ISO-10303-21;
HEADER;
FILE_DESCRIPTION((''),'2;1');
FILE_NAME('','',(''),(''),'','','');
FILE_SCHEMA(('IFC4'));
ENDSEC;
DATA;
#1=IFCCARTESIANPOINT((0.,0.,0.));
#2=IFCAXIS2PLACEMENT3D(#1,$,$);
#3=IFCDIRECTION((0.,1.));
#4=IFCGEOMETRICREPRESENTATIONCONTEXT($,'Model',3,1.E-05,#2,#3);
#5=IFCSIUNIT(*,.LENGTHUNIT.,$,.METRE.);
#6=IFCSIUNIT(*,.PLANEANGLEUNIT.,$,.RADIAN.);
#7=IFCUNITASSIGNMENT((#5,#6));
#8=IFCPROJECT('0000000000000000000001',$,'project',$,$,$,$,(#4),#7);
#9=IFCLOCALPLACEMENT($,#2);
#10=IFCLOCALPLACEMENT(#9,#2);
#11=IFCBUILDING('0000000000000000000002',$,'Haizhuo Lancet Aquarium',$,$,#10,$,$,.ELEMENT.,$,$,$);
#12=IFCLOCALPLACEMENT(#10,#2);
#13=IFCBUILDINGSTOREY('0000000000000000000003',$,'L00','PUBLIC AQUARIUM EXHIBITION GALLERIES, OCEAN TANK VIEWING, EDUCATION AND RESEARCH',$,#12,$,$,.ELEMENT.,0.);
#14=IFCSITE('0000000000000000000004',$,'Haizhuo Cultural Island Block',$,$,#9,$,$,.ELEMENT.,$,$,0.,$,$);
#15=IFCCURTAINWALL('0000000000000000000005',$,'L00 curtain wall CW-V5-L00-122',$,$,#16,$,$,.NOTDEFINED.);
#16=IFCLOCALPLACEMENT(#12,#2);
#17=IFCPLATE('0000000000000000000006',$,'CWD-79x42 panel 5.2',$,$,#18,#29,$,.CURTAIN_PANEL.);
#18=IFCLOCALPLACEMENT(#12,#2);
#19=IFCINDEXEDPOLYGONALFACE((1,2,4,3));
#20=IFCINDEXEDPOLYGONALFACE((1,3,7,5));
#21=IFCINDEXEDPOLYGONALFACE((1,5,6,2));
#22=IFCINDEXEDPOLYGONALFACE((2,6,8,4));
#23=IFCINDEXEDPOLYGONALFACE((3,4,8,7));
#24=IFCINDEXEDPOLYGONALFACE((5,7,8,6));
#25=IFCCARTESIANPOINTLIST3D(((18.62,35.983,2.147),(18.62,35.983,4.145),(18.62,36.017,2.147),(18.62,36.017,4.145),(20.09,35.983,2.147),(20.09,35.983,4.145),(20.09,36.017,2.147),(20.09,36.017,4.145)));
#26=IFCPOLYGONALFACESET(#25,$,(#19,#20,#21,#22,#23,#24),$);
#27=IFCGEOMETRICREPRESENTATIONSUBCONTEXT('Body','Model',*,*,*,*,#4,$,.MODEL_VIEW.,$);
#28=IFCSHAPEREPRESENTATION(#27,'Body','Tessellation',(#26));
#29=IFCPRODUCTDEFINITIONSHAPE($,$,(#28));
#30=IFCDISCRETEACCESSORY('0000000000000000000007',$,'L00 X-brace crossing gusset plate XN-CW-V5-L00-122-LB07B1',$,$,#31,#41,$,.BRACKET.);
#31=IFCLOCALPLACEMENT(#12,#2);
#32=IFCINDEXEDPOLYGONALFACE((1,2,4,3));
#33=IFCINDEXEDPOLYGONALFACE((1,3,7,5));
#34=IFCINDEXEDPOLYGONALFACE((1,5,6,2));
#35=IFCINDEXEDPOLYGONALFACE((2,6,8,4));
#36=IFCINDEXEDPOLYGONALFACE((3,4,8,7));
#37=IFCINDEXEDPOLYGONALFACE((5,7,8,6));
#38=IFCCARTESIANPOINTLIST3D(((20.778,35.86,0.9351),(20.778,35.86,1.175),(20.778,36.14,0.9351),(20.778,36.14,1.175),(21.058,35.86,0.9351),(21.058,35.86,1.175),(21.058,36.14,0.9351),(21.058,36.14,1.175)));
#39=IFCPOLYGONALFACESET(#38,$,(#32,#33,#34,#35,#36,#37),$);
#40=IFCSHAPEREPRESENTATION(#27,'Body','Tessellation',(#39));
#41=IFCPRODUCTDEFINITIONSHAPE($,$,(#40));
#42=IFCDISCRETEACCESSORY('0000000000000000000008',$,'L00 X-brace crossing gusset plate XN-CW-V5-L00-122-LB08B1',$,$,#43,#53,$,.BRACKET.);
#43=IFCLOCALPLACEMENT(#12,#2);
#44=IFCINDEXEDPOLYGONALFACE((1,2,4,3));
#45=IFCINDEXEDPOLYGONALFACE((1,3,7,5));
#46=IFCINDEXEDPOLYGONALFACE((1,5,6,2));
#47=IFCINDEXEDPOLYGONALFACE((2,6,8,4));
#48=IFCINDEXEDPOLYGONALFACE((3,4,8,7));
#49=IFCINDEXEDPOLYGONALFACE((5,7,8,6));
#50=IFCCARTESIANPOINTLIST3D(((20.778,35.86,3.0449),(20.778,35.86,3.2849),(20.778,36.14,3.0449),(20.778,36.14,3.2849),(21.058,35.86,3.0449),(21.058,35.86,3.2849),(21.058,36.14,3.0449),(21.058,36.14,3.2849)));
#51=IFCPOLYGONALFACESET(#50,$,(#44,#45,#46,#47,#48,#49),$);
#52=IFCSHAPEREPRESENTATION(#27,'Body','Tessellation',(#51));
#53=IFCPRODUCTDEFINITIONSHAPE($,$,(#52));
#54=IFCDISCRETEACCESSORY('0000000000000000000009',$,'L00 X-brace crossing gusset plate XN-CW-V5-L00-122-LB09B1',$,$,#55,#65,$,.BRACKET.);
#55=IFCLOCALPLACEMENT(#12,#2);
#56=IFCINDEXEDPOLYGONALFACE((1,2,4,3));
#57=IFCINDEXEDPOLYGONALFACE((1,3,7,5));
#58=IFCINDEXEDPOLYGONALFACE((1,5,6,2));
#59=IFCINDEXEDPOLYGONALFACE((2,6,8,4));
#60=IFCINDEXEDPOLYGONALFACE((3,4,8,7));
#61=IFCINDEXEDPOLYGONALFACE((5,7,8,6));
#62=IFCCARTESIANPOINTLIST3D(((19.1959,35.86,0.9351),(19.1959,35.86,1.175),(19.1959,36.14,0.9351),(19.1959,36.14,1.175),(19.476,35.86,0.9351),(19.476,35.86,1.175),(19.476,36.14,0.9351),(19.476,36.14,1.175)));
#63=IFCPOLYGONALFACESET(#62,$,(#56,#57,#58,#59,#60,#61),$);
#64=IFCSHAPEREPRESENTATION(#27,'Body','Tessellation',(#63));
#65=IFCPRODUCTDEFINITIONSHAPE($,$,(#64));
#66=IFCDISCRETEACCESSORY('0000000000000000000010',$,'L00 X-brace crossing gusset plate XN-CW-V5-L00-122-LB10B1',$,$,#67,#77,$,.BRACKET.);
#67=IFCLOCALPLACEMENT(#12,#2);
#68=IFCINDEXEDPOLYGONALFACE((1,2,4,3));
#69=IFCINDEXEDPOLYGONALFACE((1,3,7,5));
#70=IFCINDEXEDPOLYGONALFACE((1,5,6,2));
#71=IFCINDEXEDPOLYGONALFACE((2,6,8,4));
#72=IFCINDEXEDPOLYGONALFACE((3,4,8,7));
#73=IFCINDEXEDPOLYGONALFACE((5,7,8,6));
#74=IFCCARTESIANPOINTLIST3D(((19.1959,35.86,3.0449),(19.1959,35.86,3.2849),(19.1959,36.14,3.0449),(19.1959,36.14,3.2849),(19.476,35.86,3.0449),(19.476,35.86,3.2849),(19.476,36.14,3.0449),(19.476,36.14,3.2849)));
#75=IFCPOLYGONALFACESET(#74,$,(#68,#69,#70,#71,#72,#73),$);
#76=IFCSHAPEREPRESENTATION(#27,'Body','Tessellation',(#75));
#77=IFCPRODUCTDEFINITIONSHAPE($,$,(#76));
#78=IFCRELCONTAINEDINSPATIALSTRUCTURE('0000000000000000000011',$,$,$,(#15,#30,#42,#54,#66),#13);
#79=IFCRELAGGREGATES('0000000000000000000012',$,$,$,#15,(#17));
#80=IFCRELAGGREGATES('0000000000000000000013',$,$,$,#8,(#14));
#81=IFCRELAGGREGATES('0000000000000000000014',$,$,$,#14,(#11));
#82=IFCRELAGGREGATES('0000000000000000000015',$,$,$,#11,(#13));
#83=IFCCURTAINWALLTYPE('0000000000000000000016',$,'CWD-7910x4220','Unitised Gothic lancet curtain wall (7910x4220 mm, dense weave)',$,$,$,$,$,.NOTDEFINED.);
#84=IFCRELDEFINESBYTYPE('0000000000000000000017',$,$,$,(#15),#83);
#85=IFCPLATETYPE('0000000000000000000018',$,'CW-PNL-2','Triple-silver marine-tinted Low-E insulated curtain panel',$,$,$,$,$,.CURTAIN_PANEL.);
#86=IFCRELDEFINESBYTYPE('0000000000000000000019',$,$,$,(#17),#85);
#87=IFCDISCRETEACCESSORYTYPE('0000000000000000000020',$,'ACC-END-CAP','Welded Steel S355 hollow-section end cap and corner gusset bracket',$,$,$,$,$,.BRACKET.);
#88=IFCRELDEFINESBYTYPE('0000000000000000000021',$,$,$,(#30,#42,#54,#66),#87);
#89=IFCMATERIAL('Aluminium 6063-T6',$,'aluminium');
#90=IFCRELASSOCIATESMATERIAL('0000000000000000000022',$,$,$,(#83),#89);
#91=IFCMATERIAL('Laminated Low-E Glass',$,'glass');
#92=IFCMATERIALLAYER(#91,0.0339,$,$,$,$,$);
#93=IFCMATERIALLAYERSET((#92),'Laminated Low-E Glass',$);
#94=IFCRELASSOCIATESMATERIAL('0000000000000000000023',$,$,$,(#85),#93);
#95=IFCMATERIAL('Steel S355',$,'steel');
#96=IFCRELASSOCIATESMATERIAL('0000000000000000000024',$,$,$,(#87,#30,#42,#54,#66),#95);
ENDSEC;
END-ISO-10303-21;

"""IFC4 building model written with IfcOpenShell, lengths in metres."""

from ifc_helpers import new_model, si_unit, direction, frame, origin, origin_2d, place, context, subcontext, project, spatial, rectangle, extrude, material, layer, layer_set, type_object, element, aggregate, save


model = new_model("IFC4")

# Units and contexts
model_context = context("Model", 3, precision=1e-05, world=origin(), true_north=direction((0.0, 1.0)))
body_context = subcontext(model_context, "Body", "Model", "MODEL_VIEW")
ifc_project = project(units=[si_unit("LENGTHUNIT", "METRE"), si_unit("PLANEANGLEUNIT", "RADIAN")], contexts=[model_context])

# Site, building, storey
site_placement = place(None, origin())
site = spatial("IfcSite", under=ifc_project, at=site_placement, Name="Haizhuo Cultural Island Block", CompositionType="ELEMENT", RefElevation=0.0)
building_placement = place(site_placement, origin())
building = spatial("IfcBuilding", under=site, at=building_placement, Name="Haizhuo Lancet Aquarium", CompositionType="ELEMENT")
storey_placement = place(building_placement, origin())
storey = spatial("IfcBuildingStorey", under=building, at=storey_placement, Name="L00", Description="PUBLIC AQUARIUM EXHIBITION GALLERIES, OCEAN TANK VIEWING, EDUCATION AND RESEARCH", CompositionType="ELEMENT", Elevation=0.0)

# Curtain wall
ifc_material_1 = material(Name="Aluminium 6063-T6", Category="aluminium")
curtain_wall_type = type_object("IfcCurtainWallType", Name="CWD-7910x4220", Description="Unitised Gothic lancet curtain wall (7910x4220 mm, dense weave)", PredefinedType="NOTDEFINED", material=ifc_material_1)
curtain_wall_placement = place(storey_placement, origin())
curtain_wall = element("IfcCurtainWall", 1, at=curtain_wall_placement, inside=storey, type_object=curtain_wall_type, Name="L00 curtain wall CW-V5-L00-122", PredefinedType="NOTDEFINED")

# Shared definitions
ifc_material_2 = material(Name="Steel S355", Category="steel")

# Plate
ifc_material_3 = material(Name="Laminated Low-E Glass", Category="glass")
ifc_layer = layer(ifc_material_3, 0.0339)
ifc_layer_set = layer_set([ifc_layer], Name="Laminated Low-E Glass")
plate_type = type_object("IfcPlateType", Name="CW-PNL-2", Description="Triple-silver marine-tinted Low-E insulated curtain panel", PredefinedType="CURTAIN_PANEL", material=ifc_layer_set)
plate_1_placement = place(storey_placement, frame((19.355, 36.0, 2.147), z_axis=(0.0, 0.0, 1.0), x_axis=(-1.0, 0.0, 0.0)))
plate_1 = element("IfcPlate", 2, at=plate_1_placement, type_object=plate_type, Name="CWD-79x42 panel 5.2", PredefinedType="CURTAIN_PANEL", context=body_context, shape_type="SweptSolid", body=[
    extrude(rectangle(XDim=1.47, YDim=0.0339, at=origin_2d()), origin(), (0.0, 0.0, 1.0), 1.998),
])
aggregate(curtain_wall, [plate_1])

# Discrete accessories
discrete_accessory_type = type_object("IfcDiscreteAccessoryType", Name="ACC-END-CAP", Description="Welded Steel S355 hollow-section end cap and corner gusset bracket", PredefinedType="BRACKET", material=ifc_material_2)
for number, where, z_axis, x_axis, name in (
    (3, (20.918, 36.0, 0.9351), (0.0, 0.0, 1.0), (1.0, 0.0, 0.0), "L00 X-brace crossing gusset plate XN-CW-V5-L00-122-LB07B1"),
    (4, (20.918, 36.0, 3.0449), (0.0, 0.0, 1.0), (1.0, 0.0, 0.0), "L00 X-brace crossing gusset plate XN-CW-V5-L00-122-LB08B1"),
    (5, (19.3359, 36.0, 0.9351), (0.0, 0.0, 1.0), (1.0, 0.0, 0.0), "L00 X-brace crossing gusset plate XN-CW-V5-L00-122-LB09B1"),
    (6, (19.3359, 36.0, 3.0449), (0.0, 0.0, 1.0), (1.0, 0.0, 0.0), "L00 X-brace crossing gusset plate XN-CW-V5-L00-122-LB10B1"),
):
    element("IfcDiscreteAccessory", number, at=place(storey_placement, frame(where, z_axis=z_axis, x_axis=x_axis)), inside=storey, type_object=discrete_accessory_type, material=ifc_material_2, Name=name, PredefinedType="BRACKET", context=body_context, shape_type="SweptSolid", body=[
        extrude(rectangle(XDim=0.28, YDim=0.28, at=origin_2d()), origin(), (0.0, 0.0, 1.0), 0.24),
    ])

save(model, "model.ifc")
